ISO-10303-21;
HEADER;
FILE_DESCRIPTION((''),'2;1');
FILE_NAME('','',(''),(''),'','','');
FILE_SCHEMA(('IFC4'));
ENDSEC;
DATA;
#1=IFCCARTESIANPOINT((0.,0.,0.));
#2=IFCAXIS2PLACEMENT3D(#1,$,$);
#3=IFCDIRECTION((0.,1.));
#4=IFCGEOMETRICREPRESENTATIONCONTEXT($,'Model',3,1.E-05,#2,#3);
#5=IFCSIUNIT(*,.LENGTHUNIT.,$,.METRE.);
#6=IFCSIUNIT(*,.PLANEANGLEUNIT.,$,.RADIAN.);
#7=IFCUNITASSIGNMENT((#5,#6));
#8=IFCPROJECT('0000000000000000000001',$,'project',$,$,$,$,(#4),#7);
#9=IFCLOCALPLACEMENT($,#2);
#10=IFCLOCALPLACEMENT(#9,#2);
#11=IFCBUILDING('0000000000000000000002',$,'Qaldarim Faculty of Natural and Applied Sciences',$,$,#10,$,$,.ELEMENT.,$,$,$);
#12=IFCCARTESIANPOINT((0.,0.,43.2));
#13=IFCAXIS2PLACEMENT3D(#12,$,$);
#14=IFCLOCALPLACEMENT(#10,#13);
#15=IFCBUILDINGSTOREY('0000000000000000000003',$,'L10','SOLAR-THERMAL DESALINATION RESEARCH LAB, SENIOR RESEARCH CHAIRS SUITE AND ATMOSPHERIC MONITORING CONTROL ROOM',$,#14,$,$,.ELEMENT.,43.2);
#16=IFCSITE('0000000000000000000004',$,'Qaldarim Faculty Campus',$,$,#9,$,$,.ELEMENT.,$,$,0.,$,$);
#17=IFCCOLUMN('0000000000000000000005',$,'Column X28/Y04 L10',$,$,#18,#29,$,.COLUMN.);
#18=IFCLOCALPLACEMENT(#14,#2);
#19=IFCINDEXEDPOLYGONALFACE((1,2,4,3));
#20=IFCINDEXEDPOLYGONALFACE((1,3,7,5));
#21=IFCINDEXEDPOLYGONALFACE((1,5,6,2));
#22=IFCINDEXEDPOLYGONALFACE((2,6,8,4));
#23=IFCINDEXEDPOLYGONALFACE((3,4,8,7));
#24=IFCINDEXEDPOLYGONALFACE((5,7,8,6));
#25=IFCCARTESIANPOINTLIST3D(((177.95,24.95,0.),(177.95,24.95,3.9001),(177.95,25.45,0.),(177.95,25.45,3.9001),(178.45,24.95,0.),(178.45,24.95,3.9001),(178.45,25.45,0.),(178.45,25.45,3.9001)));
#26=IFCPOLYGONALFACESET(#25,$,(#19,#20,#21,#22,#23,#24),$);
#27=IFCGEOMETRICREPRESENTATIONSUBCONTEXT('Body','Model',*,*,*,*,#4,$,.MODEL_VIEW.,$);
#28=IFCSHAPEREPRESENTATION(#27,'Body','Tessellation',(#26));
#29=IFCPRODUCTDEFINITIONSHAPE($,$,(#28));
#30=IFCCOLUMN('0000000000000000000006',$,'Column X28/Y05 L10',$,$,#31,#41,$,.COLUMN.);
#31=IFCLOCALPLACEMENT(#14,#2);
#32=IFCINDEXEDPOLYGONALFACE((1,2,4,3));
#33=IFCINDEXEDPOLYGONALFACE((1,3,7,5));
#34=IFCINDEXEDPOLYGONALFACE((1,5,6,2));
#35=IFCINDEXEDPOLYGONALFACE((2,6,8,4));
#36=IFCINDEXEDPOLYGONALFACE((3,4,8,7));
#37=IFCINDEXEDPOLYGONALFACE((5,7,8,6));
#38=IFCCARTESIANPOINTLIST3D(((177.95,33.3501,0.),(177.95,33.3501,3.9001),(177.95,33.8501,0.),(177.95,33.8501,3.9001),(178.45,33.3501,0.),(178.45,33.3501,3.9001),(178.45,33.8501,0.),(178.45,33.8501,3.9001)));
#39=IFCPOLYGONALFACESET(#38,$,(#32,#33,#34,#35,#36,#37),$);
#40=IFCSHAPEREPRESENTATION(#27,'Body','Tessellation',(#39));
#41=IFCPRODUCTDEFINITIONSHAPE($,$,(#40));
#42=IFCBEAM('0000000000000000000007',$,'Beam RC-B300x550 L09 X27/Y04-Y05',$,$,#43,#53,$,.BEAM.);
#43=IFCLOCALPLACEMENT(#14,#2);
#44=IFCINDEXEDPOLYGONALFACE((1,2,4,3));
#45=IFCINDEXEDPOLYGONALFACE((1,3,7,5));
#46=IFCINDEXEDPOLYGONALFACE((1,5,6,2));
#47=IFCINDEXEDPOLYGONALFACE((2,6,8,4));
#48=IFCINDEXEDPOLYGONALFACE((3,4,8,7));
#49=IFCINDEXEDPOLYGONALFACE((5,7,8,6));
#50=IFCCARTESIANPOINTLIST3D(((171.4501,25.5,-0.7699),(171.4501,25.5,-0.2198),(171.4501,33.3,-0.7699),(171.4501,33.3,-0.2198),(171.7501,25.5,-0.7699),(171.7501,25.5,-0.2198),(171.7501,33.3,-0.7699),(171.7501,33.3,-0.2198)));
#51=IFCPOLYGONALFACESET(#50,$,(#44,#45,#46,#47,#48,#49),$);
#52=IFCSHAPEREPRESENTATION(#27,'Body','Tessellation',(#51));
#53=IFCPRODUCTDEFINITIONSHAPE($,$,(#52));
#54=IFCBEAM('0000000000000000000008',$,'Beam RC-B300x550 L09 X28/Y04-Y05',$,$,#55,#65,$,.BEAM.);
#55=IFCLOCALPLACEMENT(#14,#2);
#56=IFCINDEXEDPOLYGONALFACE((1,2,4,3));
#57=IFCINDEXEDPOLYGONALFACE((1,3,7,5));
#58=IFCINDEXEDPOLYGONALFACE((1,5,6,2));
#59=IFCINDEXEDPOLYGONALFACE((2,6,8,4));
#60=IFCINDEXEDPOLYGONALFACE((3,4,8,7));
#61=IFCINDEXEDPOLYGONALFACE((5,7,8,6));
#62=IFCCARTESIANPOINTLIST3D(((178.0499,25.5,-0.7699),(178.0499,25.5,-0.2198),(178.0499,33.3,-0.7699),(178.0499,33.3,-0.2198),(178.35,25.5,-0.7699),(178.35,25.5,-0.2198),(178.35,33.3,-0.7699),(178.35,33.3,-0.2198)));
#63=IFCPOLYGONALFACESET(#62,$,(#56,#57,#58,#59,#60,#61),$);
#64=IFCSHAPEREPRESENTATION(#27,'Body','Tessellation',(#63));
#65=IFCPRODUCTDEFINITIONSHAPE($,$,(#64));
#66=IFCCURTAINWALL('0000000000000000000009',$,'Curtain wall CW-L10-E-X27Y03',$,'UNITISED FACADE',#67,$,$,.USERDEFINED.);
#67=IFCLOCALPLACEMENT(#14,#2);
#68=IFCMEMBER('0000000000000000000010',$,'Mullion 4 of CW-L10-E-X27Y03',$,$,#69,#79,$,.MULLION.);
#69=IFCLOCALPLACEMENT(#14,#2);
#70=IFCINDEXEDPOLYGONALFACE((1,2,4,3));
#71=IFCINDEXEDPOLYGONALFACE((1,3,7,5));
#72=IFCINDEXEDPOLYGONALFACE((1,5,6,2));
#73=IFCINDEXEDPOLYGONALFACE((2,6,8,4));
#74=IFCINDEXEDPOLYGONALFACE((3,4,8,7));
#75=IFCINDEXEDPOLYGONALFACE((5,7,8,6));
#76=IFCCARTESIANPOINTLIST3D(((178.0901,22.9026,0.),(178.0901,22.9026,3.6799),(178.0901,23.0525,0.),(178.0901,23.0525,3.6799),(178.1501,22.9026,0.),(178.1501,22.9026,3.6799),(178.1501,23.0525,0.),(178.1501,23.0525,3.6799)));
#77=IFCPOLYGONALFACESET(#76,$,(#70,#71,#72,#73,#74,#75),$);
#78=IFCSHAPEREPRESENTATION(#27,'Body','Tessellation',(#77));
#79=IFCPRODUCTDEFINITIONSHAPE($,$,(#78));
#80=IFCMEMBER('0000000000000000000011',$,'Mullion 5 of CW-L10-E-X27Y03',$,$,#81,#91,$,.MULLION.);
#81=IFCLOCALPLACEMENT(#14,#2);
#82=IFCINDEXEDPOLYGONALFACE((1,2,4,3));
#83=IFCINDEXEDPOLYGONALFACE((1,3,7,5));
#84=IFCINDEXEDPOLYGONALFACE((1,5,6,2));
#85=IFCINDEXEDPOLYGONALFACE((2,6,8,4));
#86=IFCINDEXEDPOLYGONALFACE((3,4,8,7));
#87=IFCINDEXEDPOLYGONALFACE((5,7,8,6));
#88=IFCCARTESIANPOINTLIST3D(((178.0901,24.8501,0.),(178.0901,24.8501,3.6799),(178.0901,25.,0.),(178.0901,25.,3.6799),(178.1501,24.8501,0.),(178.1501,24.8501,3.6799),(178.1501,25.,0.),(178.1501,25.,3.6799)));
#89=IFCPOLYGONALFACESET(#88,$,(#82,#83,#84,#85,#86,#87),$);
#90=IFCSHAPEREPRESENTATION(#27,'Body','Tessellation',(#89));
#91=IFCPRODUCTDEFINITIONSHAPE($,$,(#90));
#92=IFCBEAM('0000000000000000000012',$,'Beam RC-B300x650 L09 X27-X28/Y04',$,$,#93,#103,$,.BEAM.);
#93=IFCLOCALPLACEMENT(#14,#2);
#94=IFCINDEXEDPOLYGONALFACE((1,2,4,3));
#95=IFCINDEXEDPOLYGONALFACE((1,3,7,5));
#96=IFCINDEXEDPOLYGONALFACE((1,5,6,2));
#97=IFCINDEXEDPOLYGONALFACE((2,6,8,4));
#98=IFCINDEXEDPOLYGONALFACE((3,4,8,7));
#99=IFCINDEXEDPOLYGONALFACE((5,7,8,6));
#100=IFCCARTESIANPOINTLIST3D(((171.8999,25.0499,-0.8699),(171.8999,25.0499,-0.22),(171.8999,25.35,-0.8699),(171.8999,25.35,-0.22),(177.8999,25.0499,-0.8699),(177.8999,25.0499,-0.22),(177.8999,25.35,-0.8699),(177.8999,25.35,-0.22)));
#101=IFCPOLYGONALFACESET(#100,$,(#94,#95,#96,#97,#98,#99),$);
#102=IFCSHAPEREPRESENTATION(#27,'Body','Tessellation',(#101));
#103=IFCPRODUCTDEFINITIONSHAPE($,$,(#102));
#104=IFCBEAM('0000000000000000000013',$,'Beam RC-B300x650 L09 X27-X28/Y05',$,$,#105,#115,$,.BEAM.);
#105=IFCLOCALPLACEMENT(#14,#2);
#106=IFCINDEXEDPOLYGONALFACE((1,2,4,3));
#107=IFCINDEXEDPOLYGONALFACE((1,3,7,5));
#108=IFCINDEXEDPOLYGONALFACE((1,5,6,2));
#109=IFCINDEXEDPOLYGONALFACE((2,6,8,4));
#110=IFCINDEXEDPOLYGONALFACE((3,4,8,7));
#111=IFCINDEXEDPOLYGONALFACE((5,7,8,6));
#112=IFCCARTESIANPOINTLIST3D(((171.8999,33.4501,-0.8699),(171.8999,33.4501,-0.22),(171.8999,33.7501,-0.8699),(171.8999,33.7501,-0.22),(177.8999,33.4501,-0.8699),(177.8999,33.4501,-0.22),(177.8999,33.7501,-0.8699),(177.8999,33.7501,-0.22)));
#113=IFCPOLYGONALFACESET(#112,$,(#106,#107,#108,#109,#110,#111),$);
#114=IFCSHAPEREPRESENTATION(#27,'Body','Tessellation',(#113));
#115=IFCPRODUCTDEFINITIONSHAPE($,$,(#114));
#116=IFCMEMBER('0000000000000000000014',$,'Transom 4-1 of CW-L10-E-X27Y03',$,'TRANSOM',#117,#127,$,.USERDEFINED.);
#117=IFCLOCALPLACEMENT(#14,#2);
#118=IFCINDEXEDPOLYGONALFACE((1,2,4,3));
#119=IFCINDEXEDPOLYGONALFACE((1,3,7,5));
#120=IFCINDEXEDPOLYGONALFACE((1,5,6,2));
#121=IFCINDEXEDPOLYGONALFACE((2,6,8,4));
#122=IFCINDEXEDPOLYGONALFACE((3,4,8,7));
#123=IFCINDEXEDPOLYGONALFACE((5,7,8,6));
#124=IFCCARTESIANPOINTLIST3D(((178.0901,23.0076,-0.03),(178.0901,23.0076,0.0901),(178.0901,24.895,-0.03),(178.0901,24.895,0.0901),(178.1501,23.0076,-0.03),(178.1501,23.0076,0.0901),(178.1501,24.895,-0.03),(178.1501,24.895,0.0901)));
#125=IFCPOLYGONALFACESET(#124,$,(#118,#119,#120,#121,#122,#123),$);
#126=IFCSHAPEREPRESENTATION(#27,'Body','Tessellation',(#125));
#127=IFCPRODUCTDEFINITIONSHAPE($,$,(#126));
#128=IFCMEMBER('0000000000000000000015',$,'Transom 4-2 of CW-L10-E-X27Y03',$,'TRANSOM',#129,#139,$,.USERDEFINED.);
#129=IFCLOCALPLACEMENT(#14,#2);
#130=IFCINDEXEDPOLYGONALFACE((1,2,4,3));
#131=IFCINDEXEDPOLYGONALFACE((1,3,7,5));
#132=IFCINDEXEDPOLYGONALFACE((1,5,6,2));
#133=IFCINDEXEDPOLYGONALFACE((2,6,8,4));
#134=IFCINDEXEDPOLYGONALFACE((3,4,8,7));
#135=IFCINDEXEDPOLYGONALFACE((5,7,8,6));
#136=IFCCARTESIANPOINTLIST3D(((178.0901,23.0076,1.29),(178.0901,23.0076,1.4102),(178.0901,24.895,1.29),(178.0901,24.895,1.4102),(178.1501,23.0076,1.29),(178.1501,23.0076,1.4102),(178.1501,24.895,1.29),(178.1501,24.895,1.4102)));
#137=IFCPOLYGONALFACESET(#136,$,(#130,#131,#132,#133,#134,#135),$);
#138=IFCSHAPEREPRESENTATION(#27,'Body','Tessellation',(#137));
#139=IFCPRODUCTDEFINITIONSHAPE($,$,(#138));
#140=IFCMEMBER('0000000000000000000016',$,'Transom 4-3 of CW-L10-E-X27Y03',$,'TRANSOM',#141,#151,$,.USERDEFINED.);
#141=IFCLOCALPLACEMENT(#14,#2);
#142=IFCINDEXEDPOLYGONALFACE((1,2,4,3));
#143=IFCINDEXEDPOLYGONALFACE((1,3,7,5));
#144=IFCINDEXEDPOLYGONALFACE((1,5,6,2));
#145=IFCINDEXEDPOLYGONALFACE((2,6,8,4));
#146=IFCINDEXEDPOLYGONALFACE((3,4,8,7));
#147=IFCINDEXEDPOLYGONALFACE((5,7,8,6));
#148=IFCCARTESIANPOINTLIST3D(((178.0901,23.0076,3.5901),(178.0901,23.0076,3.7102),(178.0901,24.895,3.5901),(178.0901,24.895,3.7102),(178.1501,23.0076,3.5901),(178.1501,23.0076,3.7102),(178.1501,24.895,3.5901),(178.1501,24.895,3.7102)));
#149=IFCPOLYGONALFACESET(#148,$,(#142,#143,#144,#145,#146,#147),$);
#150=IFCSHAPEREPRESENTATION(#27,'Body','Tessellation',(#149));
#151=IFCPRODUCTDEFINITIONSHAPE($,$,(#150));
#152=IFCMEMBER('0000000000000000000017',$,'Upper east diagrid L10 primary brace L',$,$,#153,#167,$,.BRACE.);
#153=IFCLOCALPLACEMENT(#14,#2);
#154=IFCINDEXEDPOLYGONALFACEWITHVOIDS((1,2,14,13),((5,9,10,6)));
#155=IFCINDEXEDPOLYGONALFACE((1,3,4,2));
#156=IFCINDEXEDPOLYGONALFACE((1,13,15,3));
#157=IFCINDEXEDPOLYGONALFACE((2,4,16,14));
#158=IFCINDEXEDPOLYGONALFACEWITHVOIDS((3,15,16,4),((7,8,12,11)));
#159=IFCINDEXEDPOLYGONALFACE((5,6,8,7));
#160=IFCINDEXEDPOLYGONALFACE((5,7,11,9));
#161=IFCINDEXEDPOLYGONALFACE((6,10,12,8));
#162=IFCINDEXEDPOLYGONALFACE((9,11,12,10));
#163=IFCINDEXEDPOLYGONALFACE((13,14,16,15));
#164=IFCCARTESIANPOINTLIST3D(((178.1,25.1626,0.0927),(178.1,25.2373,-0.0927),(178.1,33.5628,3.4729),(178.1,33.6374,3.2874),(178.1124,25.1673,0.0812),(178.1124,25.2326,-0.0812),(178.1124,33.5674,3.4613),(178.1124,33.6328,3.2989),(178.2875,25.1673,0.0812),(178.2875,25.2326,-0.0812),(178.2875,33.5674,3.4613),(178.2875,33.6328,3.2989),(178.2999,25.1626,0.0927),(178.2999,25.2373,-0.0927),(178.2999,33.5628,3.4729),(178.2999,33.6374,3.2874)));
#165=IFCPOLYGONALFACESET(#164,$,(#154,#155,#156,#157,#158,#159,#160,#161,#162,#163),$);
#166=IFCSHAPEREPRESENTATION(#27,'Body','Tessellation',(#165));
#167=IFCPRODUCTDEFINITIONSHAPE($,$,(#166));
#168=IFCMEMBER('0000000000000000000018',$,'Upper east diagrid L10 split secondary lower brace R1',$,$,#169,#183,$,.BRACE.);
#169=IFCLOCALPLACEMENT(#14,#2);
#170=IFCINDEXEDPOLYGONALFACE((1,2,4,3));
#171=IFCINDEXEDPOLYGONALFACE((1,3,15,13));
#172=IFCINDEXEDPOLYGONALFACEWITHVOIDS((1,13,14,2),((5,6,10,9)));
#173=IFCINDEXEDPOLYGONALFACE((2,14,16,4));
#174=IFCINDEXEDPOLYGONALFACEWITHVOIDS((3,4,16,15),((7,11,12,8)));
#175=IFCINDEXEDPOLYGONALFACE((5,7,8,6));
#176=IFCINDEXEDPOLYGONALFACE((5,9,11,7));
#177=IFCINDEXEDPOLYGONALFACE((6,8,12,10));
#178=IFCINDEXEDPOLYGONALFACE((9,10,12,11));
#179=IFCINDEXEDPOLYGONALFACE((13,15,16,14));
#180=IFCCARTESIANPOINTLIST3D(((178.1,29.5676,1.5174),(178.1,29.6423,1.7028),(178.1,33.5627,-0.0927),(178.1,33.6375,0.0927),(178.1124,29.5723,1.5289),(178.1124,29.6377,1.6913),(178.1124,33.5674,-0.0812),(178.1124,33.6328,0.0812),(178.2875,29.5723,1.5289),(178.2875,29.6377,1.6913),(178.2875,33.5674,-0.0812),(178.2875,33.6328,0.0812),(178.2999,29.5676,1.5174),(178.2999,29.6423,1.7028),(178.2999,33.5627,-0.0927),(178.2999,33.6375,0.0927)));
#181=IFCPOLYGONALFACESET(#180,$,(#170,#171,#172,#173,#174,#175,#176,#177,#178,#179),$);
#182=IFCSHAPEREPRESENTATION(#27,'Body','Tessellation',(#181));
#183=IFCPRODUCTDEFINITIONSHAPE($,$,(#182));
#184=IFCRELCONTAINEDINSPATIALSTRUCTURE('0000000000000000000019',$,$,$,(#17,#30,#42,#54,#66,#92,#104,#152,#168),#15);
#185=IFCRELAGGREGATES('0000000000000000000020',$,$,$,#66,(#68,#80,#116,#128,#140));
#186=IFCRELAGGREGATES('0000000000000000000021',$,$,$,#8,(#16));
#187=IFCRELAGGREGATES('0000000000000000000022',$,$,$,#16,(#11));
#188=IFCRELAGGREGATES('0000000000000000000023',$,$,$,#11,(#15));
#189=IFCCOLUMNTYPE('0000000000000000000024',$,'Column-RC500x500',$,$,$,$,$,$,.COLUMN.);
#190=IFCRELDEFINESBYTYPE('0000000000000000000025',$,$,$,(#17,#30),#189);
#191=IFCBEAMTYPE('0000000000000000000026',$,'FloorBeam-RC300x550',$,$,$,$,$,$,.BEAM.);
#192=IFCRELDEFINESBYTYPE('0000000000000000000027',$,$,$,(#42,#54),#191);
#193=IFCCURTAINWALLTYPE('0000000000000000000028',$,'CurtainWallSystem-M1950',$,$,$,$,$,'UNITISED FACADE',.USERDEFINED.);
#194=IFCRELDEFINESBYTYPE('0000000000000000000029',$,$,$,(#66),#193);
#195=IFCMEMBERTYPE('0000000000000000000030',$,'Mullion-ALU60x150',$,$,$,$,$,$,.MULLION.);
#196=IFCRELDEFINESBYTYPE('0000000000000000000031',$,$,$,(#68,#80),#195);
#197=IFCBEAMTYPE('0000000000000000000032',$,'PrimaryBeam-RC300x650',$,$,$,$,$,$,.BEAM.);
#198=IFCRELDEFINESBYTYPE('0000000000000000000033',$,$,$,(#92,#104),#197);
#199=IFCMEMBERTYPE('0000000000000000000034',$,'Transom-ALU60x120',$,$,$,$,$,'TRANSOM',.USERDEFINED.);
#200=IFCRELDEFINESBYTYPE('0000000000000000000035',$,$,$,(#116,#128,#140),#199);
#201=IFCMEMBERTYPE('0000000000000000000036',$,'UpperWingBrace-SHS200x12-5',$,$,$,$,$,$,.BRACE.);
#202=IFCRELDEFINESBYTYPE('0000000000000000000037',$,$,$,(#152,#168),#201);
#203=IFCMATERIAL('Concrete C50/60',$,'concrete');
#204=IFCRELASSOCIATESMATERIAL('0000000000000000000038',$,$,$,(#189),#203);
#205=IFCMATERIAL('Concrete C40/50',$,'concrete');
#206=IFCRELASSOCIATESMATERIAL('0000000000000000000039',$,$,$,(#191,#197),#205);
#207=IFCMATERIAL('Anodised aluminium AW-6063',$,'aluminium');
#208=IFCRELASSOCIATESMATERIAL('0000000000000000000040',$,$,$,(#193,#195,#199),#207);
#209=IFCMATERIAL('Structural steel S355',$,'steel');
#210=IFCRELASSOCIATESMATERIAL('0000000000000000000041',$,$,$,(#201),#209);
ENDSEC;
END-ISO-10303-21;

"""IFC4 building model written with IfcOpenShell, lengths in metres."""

from ifc_helpers import new_model, si_unit, direction, frame, origin, origin_2d, place, context, subcontext, project, spatial, rectangle, hollow_rectangle, extrude, material, material_profile, profile_set, type_object, element, aggregate, save


model = new_model("IFC4")

# Units and contexts
model_context = context("Model", 3, precision=1e-05, world=origin(), true_north=direction((0.0, 1.0)))
body_context = subcontext(model_context, "Body", "Model", "MODEL_VIEW")
ifc_project = project(units=[si_unit("LENGTHUNIT", "METRE"), si_unit("PLANEANGLEUNIT", "RADIAN")], contexts=[model_context])

# Site, building, storey
site_placement = place(None, origin())
site = spatial("IfcSite", under=ifc_project, at=site_placement, Name="Qaldarim Faculty Campus", CompositionType="ELEMENT", RefElevation=0.0)
building_placement = place(site_placement, origin())
building = spatial("IfcBuilding", under=site, at=building_placement, Name="Qaldarim Faculty of Natural and Applied Sciences", CompositionType="ELEMENT")
storey_placement = place(building_placement, frame((0.0, 0.0, 43.2)))
storey = spatial("IfcBuildingStorey", under=building, at=storey_placement, Name="L10", Description="SOLAR-THERMAL DESALINATION RESEARCH LAB, SENIOR RESEARCH CHAIRS SUITE AND ATMOSPHERIC MONITORING CONTROL ROOM", CompositionType="ELEMENT", Elevation=43.2)

# Columns
ifc_material_1 = material(Name="Concrete C50/60", Category="concrete")
ifc_material_profile_1 = material_profile(ifc_material_1, rectangle(XDim=0.5, YDim=0.5, at=origin_2d()), Name="RC-C500x500")
ifc_profile_set_1 = profile_set([ifc_material_profile_1], Name="Concrete C50/60")
column_type = type_object("IfcColumnType", Name="Column-RC500x500", PredefinedType="COLUMN", material=ifc_profile_set_1)
for number, where, z_axis, x_axis, name in (
    (1, (178.2, 25.2, 0.0), (0.0, 0.0, 1.0), (1.0, 0.0, 0.0), "Column X28/Y04 L10"),
    (2, (178.2, 33.6001, 0.0), (0.0, 0.0, 1.0), (1.0, 0.0, 0.0), "Column X28/Y05 L10"),
):
    element("IfcColumn", number, at=place(storey_placement, frame(where, z_axis=z_axis, x_axis=x_axis)), inside=storey, type_object=column_type, Name=name, PredefinedType="COLUMN", context=body_context, shape_type="SweptSolid", body=[
        extrude(rectangle(XDim=0.5, YDim=0.5, at=origin_2d()), origin(), (0.0, 0.0, 1.0), 3.9001),
    ])

# Beams
ifc_material_2 = material(Name="Concrete C40/50", Category="concrete")
ifc_material_profile_2 = material_profile(ifc_material_2, rectangle(XDim=0.3, YDim=0.55, at=origin_2d()), Name="RC-B300x550")
ifc_profile_set_2 = profile_set([ifc_material_profile_2], Name="Concrete C40/50")
beam_type_1 = type_object("IfcBeamType", Name="FloorBeam-RC300x550", PredefinedType="BEAM", material=ifc_profile_set_2)
for number, where, z_axis, x_axis, name in (
    (3, (171.6001, 25.5, -0.4949), (0.0, 1.0, 0.0), (-1.0, 0.0, 0.0), "Beam RC-B300x550 L09 X27/Y04-Y05"),
    (4, (178.2, 25.5, -0.4949), (0.0, 1.0, 0.0), (-1.0, 0.0, 0.0), "Beam RC-B300x550 L09 X28/Y04-Y05"),
):
    element("IfcBeam", number, at=place(storey_placement, frame(where, z_axis=z_axis, x_axis=x_axis)), inside=storey, type_object=beam_type_1, Name=name, PredefinedType="BEAM", context=body_context, shape_type="SweptSolid", body=[
        extrude(rectangle(XDim=0.3, YDim=0.55, at=origin_2d()), origin(), (0.0, 0.0, 1.0), 7.8),
    ])

# Curtain wall, members
ifc_material_3 = material(Name="Anodised aluminium AW-6063", Category="aluminium")
curtain_wall_type = type_object("IfcCurtainWallType", Name="CurtainWallSystem-M1950", ElementType="UNITISED FACADE", PredefinedType="USERDEFINED", material=ifc_material_3)
curtain_wall_placement = place(storey_placement, origin())
curtain_wall = element("IfcCurtainWall", 5, at=curtain_wall_placement, inside=storey, type_object=curtain_wall_type, Name="Curtain wall CW-L10-E-X27Y03", ObjectType="UNITISED FACADE", PredefinedType="USERDEFINED")
ifc_material_profile_3 = material_profile(ifc_material_3, rectangle(XDim=0.0601, YDim=0.1499, at=origin_2d()), Name="ALU-M60x150")
ifc_profile_set_3 = profile_set([ifc_material_profile_3], Name="Anodised aluminium AW-6063")
member_type_1 = type_object("IfcMemberType", Name="Mullion-ALU60x150", PredefinedType="MULLION", material=ifc_profile_set_3)
member_1_placement = place(storey_placement, frame((178.1201, 22.9775, 0.0), z_axis=(0.0, 0.0, 1.0), x_axis=(-1.0, 0.0, 0.0)))
member_1 = element("IfcMember", 6, at=member_1_placement, type_object=member_type_1, Name="Mullion 4 of CW-L10-E-X27Y03", PredefinedType="MULLION", context=body_context, shape_type="SweptSolid", body=[
    extrude(rectangle(XDim=0.0601, YDim=0.1499, at=origin_2d()), origin(), (0.0, 0.0, 1.0), 3.6799),
])
member_2_placement = place(storey_placement, frame((178.1201, 24.925, 0.0), z_axis=(0.0, 0.0, 1.0), x_axis=(-1.0, 0.0, 0.0)))
member_2 = element("IfcMember", 7, at=member_2_placement, type_object=member_type_1, Name="Mullion 5 of CW-L10-E-X27Y03", PredefinedType="MULLION", context=body_context, shape_type="SweptSolid", body=[
    extrude(rectangle(XDim=0.0601, YDim=0.1499, at=origin_2d()), origin(), (0.0, 0.0, 1.0), 3.6799),
])

# Beams
ifc_material_profile_4 = material_profile(ifc_material_2, rectangle(XDim=0.3, YDim=0.6499, at=origin_2d()), Name="RC-B300x650")
ifc_profile_set_4 = profile_set([ifc_material_profile_4], Name="Concrete C40/50")
beam_type_2 = type_object("IfcBeamType", Name="PrimaryBeam-RC300x650", PredefinedType="BEAM", material=ifc_profile_set_4)
for number, where, z_axis, x_axis, name in (
    (8, (171.8999, 25.2, -0.5449), (1.0, 0.0, 0.0), (0.0, 1.0, 0.0), "Beam RC-B300x650 L09 X27-X28/Y04"),
    (9, (171.8999, 33.6001, -0.5449), (1.0, 0.0, 0.0), (0.0, 1.0, 0.0), "Beam RC-B300x650 L09 X27-X28/Y05"),
):
    element("IfcBeam", number, at=place(storey_placement, frame(where, z_axis=z_axis, x_axis=x_axis)), inside=storey, type_object=beam_type_2, Name=name, PredefinedType="BEAM", context=body_context, shape_type="SweptSolid", body=[
        extrude(rectangle(XDim=0.3, YDim=0.6499, at=origin_2d()), origin(), (0.0, 0.0, 1.0), 6.0),
    ])

# Members
ifc_material_profile_5 = material_profile(ifc_material_3, rectangle(XDim=0.0601, YDim=0.1201, at=origin_2d()), Name="ALU-T60x120")
ifc_profile_set_5 = profile_set([ifc_material_profile_5], Name="Anodised aluminium AW-6063")
member_type_2 = type_object("IfcMemberType", Name="Transom-ALU60x120", ElementType="TRANSOM", PredefinedType="USERDEFINED", material=ifc_profile_set_5)
member_3_placement = place(storey_placement, frame((178.1201, 23.0076, 0.03), z_axis=(0.0, 1.0, 0.0), x_axis=(-1.0, 0.0, 0.0)))
member_3 = element("IfcMember", 10, at=member_3_placement, type_object=member_type_2, Name="Transom 4-1 of CW-L10-E-X27Y03", ObjectType="TRANSOM", PredefinedType="USERDEFINED", context=body_context, shape_type="SweptSolid", body=[
    extrude(rectangle(XDim=0.0601, YDim=0.1201, at=origin_2d()), origin(), (0.0, 0.0, 1.0), 1.8875),
])
member_4_placement = place(storey_placement, frame((178.1201, 23.0076, 1.3501), z_axis=(0.0, 1.0, 0.0), x_axis=(-1.0, 0.0, 0.0)))
member_4 = element("IfcMember", 11, at=member_4_placement, type_object=member_type_2, Name="Transom 4-2 of CW-L10-E-X27Y03", ObjectType="TRANSOM", PredefinedType="USERDEFINED", context=body_context, shape_type="SweptSolid", body=[
    extrude(rectangle(XDim=0.0601, YDim=0.1201, at=origin_2d()), origin(), (0.0, 0.0, 1.0), 1.8875),
])
member_5_placement = place(storey_placement, frame((178.1201, 23.0076, 3.6501), z_axis=(0.0, 1.0, 0.0), x_axis=(-1.0, 0.0, 0.0)))
member_5 = element("IfcMember", 12, at=member_5_placement, type_object=member_type_2, Name="Transom 4-3 of CW-L10-E-X27Y03", ObjectType="TRANSOM", PredefinedType="USERDEFINED", context=body_context, shape_type="SweptSolid", body=[
    extrude(rectangle(XDim=0.0601, YDim=0.1201, at=origin_2d()), origin(), (0.0, 0.0, 1.0), 1.8875),
])

# Members
ifc_material_4 = material(Name="Structural steel S355", Category="steel")
ifc_material_profile_6 = material_profile(ifc_material_4, hollow_rectangle(XDim=0.2, YDim=0.2, WallThickness=0.0125, at=origin_2d()), Name="SHS 200x200x12.5")
ifc_profile_set_6 = profile_set([ifc_material_profile_6], Name="Structural steel S355")
member_type_3 = type_object("IfcMemberType", Name="UpperWingBrace-SHS200x12-5", PredefinedType="BRACE", material=ifc_profile_set_6)
member_6_placement = place(storey_placement, frame((178.2, 25.2, 0.0), z_axis=(0.0, 0.92771, 0.373301), x_axis=(-1.0, 0.0, 0.0)))
element("IfcMember", 13, at=member_6_placement, inside=storey, type_object=member_type_3, Name="Upper east diagrid L10 primary brace L", PredefinedType="BRACE", context=body_context, shape_type="SweptSolid", body=[
    extrude(hollow_rectangle(XDim=0.2, YDim=0.2, WallThickness=0.0125, at=origin_2d()), origin(), (0.0, 0.0, 1.0), 9.0547),
])
for number, where, z_axis, x_axis, name in (
    (14, (178.2, 33.6001, 0.0), (0.0, -0.927508, 0.373803), (1.0, 0.0, 0.0), "Upper east diagrid L10 split secondary lower brace R1"),
):
    element("IfcMember", number, at=place(storey_placement, frame(where, z_axis=z_axis, x_axis=x_axis)), inside=storey, type_object=member_type_3, Name=name, PredefinedType="BRACE", context=body_context, shape_type="SweptSolid", body=[
        extrude(hollow_rectangle(XDim=0.2, YDim=0.2, WallThickness=0.0125, at=origin_2d()), origin(), (0.0, 0.0, 1.0), 4.3074),
    ])

aggregate(curtain_wall, [member_1, member_2, member_3, member_4, member_5])

save(model, "model.ifc")
